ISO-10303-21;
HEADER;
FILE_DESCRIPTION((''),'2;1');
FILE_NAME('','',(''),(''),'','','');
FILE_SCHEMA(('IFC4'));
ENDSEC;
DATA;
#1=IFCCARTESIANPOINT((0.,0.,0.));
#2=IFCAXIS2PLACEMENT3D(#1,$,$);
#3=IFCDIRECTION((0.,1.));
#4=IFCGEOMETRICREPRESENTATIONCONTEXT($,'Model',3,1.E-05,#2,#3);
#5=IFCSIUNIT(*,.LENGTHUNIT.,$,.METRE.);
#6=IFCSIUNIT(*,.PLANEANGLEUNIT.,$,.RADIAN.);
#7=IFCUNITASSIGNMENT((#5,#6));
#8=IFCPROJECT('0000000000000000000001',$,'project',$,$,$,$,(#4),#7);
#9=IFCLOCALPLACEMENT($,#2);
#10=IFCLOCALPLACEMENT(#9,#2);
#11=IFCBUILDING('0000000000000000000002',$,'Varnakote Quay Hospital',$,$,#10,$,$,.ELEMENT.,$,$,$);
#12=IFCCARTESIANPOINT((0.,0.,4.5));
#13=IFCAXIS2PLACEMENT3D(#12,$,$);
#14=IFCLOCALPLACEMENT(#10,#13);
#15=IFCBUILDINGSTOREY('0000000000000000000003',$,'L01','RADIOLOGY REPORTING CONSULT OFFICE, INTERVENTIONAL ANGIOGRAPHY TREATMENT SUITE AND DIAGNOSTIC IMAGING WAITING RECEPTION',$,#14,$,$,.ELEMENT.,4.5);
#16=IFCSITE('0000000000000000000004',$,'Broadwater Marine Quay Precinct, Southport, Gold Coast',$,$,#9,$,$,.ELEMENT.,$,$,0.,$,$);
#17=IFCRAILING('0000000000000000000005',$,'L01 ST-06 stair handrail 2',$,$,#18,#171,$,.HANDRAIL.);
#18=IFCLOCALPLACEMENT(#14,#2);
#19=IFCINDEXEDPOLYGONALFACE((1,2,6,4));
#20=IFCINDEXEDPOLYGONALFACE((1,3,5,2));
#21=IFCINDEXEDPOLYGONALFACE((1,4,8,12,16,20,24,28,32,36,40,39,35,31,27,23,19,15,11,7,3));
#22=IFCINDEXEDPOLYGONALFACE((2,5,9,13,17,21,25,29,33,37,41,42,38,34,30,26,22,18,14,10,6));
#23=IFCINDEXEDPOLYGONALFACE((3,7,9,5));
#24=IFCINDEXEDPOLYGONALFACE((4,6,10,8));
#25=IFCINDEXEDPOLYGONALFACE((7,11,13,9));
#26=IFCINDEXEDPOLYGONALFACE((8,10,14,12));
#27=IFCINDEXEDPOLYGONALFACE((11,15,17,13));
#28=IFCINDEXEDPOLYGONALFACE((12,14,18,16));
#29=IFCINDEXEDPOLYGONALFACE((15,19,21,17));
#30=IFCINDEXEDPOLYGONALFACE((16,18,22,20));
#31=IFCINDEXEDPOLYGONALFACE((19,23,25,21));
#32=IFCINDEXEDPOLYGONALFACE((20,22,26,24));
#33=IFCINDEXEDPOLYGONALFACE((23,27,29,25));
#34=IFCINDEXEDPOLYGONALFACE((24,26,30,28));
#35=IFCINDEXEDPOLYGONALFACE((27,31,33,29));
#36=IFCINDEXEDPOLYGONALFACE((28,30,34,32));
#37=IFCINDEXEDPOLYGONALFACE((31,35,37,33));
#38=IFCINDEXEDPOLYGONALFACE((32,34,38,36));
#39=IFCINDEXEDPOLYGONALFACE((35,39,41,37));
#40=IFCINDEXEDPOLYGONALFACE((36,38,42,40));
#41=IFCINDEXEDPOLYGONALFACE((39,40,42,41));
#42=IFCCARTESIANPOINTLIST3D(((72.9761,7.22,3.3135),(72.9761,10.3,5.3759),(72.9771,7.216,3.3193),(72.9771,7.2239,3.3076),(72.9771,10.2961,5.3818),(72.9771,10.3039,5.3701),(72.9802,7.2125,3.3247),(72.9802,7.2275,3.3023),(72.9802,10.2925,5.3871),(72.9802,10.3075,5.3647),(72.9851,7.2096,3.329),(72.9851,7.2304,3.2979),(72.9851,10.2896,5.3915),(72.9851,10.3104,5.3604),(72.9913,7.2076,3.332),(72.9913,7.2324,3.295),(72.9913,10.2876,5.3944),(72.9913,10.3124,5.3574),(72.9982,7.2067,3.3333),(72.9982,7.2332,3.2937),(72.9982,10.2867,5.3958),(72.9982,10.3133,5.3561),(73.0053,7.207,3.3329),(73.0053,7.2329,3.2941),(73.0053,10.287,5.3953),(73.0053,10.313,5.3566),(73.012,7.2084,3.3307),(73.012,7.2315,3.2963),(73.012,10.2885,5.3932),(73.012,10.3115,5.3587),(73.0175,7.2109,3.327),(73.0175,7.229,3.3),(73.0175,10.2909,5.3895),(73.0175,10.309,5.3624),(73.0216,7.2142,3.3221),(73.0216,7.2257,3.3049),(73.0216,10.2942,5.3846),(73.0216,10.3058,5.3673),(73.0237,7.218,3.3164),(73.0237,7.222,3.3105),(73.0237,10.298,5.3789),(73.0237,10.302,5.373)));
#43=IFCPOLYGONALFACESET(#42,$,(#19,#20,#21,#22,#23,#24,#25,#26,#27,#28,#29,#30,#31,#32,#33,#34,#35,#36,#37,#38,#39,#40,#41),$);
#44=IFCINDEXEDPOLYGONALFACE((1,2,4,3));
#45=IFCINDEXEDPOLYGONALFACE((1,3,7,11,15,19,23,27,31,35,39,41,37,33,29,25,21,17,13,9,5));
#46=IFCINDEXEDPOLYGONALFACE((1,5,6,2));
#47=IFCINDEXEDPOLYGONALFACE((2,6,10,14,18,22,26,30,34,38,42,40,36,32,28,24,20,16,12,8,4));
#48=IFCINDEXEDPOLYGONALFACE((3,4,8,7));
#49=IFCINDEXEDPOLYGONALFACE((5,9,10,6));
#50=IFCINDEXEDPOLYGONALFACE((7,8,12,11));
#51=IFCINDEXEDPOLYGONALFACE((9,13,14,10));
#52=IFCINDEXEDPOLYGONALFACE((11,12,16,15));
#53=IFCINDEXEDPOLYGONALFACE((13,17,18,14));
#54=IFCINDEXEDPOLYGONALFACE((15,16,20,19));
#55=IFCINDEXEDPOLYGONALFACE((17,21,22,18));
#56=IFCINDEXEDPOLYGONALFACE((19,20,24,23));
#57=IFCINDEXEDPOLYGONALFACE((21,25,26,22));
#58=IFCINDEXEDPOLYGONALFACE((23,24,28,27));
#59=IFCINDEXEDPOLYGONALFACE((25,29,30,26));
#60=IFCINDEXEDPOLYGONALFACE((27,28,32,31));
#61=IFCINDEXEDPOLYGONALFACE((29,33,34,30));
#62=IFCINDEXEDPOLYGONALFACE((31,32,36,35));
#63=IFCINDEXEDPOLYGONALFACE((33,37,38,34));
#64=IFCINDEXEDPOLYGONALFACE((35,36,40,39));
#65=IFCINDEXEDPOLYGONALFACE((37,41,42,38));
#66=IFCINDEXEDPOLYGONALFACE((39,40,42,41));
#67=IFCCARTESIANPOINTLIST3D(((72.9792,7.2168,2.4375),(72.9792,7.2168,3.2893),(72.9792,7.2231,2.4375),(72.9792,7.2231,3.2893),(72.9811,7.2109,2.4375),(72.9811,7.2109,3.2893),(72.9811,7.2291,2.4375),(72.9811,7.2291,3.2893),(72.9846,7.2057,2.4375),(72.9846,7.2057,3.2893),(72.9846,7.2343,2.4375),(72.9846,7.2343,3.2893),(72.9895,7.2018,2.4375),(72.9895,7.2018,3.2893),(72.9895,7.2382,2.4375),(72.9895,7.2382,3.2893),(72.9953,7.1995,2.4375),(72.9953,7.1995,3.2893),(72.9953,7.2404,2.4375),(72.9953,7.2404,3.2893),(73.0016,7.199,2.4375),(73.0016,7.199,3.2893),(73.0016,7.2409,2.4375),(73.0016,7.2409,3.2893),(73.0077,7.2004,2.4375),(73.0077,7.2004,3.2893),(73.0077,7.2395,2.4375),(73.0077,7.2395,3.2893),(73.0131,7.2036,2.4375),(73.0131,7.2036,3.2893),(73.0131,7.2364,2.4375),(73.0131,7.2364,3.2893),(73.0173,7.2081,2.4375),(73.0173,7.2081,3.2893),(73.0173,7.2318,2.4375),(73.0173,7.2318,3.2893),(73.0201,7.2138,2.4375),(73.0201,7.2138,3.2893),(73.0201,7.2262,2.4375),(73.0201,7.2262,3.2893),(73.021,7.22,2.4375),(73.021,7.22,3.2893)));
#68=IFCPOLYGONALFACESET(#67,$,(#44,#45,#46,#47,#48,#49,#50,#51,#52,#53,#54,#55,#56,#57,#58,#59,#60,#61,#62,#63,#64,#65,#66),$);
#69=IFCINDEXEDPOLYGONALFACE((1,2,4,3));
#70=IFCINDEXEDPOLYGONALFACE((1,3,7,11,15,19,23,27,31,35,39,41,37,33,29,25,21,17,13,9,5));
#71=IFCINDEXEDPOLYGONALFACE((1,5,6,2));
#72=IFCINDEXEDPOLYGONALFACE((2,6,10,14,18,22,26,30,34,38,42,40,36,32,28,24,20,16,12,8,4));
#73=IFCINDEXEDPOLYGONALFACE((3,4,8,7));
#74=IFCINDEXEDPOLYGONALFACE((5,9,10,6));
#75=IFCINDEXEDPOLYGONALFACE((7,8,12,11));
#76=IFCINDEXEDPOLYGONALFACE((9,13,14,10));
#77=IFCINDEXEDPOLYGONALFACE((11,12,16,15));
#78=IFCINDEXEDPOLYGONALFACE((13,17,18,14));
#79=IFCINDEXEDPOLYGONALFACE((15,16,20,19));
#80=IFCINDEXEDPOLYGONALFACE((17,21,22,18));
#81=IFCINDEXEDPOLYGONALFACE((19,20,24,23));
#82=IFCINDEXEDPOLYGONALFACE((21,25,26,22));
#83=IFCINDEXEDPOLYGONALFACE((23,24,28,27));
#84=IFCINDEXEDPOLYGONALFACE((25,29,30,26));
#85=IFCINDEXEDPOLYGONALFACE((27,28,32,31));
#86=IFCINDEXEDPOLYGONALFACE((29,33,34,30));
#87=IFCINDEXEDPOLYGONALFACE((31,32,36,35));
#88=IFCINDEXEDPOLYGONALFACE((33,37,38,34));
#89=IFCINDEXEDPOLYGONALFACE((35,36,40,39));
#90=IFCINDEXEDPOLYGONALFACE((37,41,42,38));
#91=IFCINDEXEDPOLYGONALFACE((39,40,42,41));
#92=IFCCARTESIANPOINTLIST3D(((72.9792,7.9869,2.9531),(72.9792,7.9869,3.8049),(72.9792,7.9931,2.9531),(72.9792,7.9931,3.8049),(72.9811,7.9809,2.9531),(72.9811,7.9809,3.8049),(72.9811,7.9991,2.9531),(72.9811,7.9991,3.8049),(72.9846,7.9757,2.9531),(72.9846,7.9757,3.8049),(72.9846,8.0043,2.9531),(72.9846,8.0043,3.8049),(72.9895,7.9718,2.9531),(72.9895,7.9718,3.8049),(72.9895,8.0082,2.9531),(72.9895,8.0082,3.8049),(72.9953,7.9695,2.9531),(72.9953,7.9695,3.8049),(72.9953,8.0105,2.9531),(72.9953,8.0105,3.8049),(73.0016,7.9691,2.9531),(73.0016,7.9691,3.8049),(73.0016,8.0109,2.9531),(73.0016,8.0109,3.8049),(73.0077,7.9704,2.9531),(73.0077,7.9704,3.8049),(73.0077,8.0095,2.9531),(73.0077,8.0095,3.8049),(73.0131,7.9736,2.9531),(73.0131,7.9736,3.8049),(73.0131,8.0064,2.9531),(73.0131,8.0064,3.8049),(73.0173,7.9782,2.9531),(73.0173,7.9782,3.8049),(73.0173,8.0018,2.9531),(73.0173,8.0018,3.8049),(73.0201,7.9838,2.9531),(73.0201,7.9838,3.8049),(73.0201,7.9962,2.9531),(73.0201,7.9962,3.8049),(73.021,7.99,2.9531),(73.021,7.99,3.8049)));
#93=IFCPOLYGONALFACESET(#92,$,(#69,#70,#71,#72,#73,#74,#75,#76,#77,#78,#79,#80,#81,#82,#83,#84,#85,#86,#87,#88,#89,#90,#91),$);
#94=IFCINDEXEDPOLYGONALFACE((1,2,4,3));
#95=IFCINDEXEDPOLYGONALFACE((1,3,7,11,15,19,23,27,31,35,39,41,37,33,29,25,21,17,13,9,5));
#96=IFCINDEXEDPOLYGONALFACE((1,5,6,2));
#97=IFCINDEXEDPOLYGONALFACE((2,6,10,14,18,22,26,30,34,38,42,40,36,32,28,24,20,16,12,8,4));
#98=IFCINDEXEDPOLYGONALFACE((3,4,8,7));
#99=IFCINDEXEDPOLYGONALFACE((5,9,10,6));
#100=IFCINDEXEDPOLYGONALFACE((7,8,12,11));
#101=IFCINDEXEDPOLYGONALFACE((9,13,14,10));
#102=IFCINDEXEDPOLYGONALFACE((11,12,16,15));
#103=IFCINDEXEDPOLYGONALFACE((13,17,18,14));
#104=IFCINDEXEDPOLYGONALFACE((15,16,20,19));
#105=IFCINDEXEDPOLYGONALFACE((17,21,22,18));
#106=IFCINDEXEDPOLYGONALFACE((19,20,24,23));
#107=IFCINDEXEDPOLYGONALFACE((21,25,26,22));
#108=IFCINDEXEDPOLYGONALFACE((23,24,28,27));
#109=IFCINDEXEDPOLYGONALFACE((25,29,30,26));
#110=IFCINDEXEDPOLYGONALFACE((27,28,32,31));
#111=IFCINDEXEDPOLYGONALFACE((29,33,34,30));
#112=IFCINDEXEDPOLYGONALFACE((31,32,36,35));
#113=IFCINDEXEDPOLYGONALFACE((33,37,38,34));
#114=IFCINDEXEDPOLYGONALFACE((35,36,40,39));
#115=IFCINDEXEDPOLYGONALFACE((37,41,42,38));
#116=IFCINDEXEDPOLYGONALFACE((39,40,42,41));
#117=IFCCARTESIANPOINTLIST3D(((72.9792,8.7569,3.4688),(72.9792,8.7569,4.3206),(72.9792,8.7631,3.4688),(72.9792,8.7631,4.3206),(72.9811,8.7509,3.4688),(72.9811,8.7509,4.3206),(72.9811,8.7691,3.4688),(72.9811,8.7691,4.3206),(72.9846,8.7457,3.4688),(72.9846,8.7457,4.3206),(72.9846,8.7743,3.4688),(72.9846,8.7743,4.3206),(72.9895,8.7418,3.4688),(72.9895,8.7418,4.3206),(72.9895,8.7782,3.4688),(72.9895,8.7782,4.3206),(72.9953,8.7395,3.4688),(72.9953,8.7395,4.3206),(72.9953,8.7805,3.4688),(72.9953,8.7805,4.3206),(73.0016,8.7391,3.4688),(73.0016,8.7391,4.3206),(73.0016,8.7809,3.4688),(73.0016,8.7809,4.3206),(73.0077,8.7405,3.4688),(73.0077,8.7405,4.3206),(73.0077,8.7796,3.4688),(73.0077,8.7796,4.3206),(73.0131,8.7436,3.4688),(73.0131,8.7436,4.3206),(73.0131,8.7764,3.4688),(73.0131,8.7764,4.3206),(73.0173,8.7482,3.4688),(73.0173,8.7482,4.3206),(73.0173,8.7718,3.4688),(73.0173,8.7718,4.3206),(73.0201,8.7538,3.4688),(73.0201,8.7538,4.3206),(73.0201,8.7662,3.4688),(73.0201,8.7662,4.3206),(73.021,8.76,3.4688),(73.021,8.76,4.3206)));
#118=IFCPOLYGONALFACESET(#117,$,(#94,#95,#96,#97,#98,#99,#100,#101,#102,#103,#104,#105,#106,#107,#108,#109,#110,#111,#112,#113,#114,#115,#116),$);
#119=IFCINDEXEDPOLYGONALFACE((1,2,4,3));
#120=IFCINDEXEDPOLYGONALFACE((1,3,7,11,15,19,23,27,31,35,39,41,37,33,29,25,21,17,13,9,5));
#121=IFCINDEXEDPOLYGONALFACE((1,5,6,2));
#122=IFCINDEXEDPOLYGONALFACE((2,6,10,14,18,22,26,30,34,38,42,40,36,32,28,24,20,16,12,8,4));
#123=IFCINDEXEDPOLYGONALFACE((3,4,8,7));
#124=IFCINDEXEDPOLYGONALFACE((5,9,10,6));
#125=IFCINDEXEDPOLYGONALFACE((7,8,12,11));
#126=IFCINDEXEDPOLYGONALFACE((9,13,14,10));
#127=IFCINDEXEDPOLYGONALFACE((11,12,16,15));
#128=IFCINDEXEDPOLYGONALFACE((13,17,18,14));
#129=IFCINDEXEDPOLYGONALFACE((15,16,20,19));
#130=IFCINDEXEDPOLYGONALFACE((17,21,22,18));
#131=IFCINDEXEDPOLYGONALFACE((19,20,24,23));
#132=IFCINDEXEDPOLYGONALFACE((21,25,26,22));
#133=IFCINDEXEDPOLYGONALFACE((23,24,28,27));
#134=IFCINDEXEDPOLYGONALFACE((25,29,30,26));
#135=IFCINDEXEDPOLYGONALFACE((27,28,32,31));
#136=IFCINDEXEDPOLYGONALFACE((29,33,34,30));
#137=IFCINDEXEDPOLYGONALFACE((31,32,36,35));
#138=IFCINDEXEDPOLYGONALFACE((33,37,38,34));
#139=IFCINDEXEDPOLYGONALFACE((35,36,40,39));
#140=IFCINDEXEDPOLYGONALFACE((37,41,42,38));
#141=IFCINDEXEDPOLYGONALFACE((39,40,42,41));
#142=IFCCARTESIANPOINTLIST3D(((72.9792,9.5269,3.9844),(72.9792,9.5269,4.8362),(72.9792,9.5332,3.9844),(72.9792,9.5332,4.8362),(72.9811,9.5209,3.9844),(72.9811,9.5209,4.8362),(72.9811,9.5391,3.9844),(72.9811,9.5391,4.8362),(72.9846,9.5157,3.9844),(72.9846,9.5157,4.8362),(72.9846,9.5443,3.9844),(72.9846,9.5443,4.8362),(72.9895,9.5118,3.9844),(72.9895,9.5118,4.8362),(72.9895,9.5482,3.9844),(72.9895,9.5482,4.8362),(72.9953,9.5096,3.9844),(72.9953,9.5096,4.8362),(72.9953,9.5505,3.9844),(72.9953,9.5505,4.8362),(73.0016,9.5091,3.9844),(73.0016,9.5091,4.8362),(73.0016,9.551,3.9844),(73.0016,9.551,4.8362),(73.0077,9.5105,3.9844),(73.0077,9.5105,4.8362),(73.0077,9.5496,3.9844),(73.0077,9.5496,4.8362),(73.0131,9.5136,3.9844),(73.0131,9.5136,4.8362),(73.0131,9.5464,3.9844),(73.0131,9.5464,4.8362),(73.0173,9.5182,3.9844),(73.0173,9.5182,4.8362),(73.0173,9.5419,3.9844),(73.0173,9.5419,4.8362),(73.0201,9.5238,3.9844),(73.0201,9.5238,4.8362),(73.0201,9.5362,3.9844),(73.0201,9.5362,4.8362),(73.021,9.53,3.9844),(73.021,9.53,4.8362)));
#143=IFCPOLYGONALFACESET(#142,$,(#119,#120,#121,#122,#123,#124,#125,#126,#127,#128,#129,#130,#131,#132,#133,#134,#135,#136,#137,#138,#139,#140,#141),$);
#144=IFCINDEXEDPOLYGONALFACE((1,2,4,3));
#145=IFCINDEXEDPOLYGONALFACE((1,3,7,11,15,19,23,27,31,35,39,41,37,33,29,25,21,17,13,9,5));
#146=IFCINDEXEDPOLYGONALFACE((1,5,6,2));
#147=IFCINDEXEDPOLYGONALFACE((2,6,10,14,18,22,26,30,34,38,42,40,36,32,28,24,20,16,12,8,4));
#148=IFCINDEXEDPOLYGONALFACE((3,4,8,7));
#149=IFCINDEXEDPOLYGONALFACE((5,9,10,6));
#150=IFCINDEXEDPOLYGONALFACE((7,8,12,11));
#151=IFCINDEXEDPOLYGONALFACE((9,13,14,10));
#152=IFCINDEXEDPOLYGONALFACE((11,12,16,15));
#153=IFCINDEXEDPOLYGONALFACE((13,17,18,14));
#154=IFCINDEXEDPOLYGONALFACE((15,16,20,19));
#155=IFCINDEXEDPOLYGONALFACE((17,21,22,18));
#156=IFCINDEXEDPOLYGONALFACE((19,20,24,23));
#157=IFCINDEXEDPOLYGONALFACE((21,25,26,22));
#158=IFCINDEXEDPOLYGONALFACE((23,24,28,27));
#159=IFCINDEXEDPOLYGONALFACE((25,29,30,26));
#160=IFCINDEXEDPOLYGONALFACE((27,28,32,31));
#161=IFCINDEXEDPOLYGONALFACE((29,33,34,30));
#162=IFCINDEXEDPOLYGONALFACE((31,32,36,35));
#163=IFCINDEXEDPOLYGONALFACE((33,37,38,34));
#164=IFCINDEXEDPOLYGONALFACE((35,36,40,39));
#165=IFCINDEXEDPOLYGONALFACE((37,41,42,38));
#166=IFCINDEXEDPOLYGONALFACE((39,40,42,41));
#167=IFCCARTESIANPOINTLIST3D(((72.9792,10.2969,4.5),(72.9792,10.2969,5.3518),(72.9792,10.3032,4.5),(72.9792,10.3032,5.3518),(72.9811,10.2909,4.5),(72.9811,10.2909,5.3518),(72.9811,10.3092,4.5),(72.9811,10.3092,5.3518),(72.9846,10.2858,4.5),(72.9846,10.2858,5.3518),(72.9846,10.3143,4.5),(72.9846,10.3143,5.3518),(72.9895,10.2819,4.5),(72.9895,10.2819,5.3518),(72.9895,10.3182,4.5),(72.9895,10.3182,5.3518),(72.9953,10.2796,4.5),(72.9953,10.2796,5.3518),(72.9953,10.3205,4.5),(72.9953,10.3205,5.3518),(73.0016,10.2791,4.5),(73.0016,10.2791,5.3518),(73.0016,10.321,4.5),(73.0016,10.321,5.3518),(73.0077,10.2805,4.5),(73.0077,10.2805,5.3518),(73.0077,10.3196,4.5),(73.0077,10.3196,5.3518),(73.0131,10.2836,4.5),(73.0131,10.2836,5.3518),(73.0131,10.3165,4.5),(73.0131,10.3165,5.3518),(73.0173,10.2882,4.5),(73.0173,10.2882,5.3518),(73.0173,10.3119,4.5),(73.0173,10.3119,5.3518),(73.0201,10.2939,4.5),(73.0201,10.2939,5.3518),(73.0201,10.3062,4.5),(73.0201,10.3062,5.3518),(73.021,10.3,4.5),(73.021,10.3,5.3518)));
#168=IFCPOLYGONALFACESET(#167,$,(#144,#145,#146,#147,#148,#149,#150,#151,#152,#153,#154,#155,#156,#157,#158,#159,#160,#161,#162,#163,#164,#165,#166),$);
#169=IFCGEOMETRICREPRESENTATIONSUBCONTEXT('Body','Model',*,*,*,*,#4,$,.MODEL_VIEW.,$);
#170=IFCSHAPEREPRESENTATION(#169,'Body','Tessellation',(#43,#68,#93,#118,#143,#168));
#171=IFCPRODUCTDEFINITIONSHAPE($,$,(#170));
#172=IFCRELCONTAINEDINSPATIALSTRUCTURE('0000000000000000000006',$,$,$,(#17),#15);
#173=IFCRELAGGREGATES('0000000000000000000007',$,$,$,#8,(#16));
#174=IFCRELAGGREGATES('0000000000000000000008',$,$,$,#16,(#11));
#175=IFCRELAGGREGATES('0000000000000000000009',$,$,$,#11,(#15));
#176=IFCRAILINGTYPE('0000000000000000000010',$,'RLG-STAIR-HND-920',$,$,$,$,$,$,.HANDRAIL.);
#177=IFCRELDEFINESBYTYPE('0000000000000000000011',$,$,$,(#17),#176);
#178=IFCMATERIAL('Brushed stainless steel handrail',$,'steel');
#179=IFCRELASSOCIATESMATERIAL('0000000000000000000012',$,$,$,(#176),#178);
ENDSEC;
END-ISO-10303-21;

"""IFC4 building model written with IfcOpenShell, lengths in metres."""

from ifc_helpers import new_model, si_unit, direction, frame, origin, origin_2d, place, context, subcontext, project, spatial, circle, extrude, material, type_object, element, save


model = new_model("IFC4")

# Units and contexts
model_context = context("Model", 3, precision=1e-05, world=origin(), true_north=direction((0.0, 1.0)))
body_context = subcontext(model_context, "Body", "Model", "MODEL_VIEW")
ifc_project = project(units=[si_unit("LENGTHUNIT", "METRE"), si_unit("PLANEANGLEUNIT", "RADIAN")], contexts=[model_context])

# Site, building, storey
site_placement = place(None, origin())
site = spatial("IfcSite", under=ifc_project, at=site_placement, Name="Broadwater Marine Quay Precinct, Southport, Gold Coast", CompositionType="ELEMENT", RefElevation=0.0)
building_placement = place(site_placement, origin())
building = spatial("IfcBuilding", under=site, at=building_placement, Name="Varnakote Quay Hospital", CompositionType="ELEMENT")
storey_placement = place(building_placement, frame((0.0, 0.0, 4.5)))
storey = spatial("IfcBuildingStorey", under=building, at=storey_placement, Name="L01", Description="RADIOLOGY REPORTING CONSULT OFFICE, INTERVENTIONAL ANGIOGRAPHY TREATMENT SUITE AND DIAGNOSTIC IMAGING WAITING RECEPTION", CompositionType="ELEMENT", Elevation=4.5)

# Railing
ifc_material_1 = material(Name="Brushed stainless steel handrail", Category="steel")
railing_type_1 = type_object("IfcRailingType", Name="RLG-STAIR-HND-920", PredefinedType="HANDRAIL", material=ifc_material_1)
railing_1_placement = place(storey_placement, frame((73.0, 7.22, 2.4375)))
element("IfcRailing", 1, at=railing_1_placement, inside=storey, type_object=railing_type_1, Name="L01 ST-06 stair handrail 2", PredefinedType="HANDRAIL", context=body_context, shape_type="SweptSolid", body=[
    extrude(circle(Radius=0.0239, at=origin_2d()), frame((0.0, 0.0, 0.876), z_axis=(0.0, 0.830914, 0.556401), x_axis=(-1.0, 0.0, 0.0)), (0.0, 0.0, 1.0), 3.7068),
    extrude(circle(Radius=0.021, at=origin_2d()), origin(), (0.0, 0.0, 1.0), 0.8518),
    extrude(circle(Radius=0.021, at=origin_2d()), frame((0.0, 0.77, 0.5156)), (0.0, 0.0, 1.0), 0.8518),
    extrude(circle(Radius=0.021, at=origin_2d()), frame((0.0, 1.54, 1.0312)), (0.0, 0.0, 1.0), 0.8518),
    extrude(circle(Radius=0.021, at=origin_2d()), frame((0.0, 2.3101, 1.5469)), (0.0, 0.0, 1.0), 0.8518),
    extrude(circle(Radius=0.021, at=origin_2d()), frame((0.0, 3.0801, 2.0625)), (0.0, 0.0, 1.0), 0.8518),
])

save(model, "model.ifc")
